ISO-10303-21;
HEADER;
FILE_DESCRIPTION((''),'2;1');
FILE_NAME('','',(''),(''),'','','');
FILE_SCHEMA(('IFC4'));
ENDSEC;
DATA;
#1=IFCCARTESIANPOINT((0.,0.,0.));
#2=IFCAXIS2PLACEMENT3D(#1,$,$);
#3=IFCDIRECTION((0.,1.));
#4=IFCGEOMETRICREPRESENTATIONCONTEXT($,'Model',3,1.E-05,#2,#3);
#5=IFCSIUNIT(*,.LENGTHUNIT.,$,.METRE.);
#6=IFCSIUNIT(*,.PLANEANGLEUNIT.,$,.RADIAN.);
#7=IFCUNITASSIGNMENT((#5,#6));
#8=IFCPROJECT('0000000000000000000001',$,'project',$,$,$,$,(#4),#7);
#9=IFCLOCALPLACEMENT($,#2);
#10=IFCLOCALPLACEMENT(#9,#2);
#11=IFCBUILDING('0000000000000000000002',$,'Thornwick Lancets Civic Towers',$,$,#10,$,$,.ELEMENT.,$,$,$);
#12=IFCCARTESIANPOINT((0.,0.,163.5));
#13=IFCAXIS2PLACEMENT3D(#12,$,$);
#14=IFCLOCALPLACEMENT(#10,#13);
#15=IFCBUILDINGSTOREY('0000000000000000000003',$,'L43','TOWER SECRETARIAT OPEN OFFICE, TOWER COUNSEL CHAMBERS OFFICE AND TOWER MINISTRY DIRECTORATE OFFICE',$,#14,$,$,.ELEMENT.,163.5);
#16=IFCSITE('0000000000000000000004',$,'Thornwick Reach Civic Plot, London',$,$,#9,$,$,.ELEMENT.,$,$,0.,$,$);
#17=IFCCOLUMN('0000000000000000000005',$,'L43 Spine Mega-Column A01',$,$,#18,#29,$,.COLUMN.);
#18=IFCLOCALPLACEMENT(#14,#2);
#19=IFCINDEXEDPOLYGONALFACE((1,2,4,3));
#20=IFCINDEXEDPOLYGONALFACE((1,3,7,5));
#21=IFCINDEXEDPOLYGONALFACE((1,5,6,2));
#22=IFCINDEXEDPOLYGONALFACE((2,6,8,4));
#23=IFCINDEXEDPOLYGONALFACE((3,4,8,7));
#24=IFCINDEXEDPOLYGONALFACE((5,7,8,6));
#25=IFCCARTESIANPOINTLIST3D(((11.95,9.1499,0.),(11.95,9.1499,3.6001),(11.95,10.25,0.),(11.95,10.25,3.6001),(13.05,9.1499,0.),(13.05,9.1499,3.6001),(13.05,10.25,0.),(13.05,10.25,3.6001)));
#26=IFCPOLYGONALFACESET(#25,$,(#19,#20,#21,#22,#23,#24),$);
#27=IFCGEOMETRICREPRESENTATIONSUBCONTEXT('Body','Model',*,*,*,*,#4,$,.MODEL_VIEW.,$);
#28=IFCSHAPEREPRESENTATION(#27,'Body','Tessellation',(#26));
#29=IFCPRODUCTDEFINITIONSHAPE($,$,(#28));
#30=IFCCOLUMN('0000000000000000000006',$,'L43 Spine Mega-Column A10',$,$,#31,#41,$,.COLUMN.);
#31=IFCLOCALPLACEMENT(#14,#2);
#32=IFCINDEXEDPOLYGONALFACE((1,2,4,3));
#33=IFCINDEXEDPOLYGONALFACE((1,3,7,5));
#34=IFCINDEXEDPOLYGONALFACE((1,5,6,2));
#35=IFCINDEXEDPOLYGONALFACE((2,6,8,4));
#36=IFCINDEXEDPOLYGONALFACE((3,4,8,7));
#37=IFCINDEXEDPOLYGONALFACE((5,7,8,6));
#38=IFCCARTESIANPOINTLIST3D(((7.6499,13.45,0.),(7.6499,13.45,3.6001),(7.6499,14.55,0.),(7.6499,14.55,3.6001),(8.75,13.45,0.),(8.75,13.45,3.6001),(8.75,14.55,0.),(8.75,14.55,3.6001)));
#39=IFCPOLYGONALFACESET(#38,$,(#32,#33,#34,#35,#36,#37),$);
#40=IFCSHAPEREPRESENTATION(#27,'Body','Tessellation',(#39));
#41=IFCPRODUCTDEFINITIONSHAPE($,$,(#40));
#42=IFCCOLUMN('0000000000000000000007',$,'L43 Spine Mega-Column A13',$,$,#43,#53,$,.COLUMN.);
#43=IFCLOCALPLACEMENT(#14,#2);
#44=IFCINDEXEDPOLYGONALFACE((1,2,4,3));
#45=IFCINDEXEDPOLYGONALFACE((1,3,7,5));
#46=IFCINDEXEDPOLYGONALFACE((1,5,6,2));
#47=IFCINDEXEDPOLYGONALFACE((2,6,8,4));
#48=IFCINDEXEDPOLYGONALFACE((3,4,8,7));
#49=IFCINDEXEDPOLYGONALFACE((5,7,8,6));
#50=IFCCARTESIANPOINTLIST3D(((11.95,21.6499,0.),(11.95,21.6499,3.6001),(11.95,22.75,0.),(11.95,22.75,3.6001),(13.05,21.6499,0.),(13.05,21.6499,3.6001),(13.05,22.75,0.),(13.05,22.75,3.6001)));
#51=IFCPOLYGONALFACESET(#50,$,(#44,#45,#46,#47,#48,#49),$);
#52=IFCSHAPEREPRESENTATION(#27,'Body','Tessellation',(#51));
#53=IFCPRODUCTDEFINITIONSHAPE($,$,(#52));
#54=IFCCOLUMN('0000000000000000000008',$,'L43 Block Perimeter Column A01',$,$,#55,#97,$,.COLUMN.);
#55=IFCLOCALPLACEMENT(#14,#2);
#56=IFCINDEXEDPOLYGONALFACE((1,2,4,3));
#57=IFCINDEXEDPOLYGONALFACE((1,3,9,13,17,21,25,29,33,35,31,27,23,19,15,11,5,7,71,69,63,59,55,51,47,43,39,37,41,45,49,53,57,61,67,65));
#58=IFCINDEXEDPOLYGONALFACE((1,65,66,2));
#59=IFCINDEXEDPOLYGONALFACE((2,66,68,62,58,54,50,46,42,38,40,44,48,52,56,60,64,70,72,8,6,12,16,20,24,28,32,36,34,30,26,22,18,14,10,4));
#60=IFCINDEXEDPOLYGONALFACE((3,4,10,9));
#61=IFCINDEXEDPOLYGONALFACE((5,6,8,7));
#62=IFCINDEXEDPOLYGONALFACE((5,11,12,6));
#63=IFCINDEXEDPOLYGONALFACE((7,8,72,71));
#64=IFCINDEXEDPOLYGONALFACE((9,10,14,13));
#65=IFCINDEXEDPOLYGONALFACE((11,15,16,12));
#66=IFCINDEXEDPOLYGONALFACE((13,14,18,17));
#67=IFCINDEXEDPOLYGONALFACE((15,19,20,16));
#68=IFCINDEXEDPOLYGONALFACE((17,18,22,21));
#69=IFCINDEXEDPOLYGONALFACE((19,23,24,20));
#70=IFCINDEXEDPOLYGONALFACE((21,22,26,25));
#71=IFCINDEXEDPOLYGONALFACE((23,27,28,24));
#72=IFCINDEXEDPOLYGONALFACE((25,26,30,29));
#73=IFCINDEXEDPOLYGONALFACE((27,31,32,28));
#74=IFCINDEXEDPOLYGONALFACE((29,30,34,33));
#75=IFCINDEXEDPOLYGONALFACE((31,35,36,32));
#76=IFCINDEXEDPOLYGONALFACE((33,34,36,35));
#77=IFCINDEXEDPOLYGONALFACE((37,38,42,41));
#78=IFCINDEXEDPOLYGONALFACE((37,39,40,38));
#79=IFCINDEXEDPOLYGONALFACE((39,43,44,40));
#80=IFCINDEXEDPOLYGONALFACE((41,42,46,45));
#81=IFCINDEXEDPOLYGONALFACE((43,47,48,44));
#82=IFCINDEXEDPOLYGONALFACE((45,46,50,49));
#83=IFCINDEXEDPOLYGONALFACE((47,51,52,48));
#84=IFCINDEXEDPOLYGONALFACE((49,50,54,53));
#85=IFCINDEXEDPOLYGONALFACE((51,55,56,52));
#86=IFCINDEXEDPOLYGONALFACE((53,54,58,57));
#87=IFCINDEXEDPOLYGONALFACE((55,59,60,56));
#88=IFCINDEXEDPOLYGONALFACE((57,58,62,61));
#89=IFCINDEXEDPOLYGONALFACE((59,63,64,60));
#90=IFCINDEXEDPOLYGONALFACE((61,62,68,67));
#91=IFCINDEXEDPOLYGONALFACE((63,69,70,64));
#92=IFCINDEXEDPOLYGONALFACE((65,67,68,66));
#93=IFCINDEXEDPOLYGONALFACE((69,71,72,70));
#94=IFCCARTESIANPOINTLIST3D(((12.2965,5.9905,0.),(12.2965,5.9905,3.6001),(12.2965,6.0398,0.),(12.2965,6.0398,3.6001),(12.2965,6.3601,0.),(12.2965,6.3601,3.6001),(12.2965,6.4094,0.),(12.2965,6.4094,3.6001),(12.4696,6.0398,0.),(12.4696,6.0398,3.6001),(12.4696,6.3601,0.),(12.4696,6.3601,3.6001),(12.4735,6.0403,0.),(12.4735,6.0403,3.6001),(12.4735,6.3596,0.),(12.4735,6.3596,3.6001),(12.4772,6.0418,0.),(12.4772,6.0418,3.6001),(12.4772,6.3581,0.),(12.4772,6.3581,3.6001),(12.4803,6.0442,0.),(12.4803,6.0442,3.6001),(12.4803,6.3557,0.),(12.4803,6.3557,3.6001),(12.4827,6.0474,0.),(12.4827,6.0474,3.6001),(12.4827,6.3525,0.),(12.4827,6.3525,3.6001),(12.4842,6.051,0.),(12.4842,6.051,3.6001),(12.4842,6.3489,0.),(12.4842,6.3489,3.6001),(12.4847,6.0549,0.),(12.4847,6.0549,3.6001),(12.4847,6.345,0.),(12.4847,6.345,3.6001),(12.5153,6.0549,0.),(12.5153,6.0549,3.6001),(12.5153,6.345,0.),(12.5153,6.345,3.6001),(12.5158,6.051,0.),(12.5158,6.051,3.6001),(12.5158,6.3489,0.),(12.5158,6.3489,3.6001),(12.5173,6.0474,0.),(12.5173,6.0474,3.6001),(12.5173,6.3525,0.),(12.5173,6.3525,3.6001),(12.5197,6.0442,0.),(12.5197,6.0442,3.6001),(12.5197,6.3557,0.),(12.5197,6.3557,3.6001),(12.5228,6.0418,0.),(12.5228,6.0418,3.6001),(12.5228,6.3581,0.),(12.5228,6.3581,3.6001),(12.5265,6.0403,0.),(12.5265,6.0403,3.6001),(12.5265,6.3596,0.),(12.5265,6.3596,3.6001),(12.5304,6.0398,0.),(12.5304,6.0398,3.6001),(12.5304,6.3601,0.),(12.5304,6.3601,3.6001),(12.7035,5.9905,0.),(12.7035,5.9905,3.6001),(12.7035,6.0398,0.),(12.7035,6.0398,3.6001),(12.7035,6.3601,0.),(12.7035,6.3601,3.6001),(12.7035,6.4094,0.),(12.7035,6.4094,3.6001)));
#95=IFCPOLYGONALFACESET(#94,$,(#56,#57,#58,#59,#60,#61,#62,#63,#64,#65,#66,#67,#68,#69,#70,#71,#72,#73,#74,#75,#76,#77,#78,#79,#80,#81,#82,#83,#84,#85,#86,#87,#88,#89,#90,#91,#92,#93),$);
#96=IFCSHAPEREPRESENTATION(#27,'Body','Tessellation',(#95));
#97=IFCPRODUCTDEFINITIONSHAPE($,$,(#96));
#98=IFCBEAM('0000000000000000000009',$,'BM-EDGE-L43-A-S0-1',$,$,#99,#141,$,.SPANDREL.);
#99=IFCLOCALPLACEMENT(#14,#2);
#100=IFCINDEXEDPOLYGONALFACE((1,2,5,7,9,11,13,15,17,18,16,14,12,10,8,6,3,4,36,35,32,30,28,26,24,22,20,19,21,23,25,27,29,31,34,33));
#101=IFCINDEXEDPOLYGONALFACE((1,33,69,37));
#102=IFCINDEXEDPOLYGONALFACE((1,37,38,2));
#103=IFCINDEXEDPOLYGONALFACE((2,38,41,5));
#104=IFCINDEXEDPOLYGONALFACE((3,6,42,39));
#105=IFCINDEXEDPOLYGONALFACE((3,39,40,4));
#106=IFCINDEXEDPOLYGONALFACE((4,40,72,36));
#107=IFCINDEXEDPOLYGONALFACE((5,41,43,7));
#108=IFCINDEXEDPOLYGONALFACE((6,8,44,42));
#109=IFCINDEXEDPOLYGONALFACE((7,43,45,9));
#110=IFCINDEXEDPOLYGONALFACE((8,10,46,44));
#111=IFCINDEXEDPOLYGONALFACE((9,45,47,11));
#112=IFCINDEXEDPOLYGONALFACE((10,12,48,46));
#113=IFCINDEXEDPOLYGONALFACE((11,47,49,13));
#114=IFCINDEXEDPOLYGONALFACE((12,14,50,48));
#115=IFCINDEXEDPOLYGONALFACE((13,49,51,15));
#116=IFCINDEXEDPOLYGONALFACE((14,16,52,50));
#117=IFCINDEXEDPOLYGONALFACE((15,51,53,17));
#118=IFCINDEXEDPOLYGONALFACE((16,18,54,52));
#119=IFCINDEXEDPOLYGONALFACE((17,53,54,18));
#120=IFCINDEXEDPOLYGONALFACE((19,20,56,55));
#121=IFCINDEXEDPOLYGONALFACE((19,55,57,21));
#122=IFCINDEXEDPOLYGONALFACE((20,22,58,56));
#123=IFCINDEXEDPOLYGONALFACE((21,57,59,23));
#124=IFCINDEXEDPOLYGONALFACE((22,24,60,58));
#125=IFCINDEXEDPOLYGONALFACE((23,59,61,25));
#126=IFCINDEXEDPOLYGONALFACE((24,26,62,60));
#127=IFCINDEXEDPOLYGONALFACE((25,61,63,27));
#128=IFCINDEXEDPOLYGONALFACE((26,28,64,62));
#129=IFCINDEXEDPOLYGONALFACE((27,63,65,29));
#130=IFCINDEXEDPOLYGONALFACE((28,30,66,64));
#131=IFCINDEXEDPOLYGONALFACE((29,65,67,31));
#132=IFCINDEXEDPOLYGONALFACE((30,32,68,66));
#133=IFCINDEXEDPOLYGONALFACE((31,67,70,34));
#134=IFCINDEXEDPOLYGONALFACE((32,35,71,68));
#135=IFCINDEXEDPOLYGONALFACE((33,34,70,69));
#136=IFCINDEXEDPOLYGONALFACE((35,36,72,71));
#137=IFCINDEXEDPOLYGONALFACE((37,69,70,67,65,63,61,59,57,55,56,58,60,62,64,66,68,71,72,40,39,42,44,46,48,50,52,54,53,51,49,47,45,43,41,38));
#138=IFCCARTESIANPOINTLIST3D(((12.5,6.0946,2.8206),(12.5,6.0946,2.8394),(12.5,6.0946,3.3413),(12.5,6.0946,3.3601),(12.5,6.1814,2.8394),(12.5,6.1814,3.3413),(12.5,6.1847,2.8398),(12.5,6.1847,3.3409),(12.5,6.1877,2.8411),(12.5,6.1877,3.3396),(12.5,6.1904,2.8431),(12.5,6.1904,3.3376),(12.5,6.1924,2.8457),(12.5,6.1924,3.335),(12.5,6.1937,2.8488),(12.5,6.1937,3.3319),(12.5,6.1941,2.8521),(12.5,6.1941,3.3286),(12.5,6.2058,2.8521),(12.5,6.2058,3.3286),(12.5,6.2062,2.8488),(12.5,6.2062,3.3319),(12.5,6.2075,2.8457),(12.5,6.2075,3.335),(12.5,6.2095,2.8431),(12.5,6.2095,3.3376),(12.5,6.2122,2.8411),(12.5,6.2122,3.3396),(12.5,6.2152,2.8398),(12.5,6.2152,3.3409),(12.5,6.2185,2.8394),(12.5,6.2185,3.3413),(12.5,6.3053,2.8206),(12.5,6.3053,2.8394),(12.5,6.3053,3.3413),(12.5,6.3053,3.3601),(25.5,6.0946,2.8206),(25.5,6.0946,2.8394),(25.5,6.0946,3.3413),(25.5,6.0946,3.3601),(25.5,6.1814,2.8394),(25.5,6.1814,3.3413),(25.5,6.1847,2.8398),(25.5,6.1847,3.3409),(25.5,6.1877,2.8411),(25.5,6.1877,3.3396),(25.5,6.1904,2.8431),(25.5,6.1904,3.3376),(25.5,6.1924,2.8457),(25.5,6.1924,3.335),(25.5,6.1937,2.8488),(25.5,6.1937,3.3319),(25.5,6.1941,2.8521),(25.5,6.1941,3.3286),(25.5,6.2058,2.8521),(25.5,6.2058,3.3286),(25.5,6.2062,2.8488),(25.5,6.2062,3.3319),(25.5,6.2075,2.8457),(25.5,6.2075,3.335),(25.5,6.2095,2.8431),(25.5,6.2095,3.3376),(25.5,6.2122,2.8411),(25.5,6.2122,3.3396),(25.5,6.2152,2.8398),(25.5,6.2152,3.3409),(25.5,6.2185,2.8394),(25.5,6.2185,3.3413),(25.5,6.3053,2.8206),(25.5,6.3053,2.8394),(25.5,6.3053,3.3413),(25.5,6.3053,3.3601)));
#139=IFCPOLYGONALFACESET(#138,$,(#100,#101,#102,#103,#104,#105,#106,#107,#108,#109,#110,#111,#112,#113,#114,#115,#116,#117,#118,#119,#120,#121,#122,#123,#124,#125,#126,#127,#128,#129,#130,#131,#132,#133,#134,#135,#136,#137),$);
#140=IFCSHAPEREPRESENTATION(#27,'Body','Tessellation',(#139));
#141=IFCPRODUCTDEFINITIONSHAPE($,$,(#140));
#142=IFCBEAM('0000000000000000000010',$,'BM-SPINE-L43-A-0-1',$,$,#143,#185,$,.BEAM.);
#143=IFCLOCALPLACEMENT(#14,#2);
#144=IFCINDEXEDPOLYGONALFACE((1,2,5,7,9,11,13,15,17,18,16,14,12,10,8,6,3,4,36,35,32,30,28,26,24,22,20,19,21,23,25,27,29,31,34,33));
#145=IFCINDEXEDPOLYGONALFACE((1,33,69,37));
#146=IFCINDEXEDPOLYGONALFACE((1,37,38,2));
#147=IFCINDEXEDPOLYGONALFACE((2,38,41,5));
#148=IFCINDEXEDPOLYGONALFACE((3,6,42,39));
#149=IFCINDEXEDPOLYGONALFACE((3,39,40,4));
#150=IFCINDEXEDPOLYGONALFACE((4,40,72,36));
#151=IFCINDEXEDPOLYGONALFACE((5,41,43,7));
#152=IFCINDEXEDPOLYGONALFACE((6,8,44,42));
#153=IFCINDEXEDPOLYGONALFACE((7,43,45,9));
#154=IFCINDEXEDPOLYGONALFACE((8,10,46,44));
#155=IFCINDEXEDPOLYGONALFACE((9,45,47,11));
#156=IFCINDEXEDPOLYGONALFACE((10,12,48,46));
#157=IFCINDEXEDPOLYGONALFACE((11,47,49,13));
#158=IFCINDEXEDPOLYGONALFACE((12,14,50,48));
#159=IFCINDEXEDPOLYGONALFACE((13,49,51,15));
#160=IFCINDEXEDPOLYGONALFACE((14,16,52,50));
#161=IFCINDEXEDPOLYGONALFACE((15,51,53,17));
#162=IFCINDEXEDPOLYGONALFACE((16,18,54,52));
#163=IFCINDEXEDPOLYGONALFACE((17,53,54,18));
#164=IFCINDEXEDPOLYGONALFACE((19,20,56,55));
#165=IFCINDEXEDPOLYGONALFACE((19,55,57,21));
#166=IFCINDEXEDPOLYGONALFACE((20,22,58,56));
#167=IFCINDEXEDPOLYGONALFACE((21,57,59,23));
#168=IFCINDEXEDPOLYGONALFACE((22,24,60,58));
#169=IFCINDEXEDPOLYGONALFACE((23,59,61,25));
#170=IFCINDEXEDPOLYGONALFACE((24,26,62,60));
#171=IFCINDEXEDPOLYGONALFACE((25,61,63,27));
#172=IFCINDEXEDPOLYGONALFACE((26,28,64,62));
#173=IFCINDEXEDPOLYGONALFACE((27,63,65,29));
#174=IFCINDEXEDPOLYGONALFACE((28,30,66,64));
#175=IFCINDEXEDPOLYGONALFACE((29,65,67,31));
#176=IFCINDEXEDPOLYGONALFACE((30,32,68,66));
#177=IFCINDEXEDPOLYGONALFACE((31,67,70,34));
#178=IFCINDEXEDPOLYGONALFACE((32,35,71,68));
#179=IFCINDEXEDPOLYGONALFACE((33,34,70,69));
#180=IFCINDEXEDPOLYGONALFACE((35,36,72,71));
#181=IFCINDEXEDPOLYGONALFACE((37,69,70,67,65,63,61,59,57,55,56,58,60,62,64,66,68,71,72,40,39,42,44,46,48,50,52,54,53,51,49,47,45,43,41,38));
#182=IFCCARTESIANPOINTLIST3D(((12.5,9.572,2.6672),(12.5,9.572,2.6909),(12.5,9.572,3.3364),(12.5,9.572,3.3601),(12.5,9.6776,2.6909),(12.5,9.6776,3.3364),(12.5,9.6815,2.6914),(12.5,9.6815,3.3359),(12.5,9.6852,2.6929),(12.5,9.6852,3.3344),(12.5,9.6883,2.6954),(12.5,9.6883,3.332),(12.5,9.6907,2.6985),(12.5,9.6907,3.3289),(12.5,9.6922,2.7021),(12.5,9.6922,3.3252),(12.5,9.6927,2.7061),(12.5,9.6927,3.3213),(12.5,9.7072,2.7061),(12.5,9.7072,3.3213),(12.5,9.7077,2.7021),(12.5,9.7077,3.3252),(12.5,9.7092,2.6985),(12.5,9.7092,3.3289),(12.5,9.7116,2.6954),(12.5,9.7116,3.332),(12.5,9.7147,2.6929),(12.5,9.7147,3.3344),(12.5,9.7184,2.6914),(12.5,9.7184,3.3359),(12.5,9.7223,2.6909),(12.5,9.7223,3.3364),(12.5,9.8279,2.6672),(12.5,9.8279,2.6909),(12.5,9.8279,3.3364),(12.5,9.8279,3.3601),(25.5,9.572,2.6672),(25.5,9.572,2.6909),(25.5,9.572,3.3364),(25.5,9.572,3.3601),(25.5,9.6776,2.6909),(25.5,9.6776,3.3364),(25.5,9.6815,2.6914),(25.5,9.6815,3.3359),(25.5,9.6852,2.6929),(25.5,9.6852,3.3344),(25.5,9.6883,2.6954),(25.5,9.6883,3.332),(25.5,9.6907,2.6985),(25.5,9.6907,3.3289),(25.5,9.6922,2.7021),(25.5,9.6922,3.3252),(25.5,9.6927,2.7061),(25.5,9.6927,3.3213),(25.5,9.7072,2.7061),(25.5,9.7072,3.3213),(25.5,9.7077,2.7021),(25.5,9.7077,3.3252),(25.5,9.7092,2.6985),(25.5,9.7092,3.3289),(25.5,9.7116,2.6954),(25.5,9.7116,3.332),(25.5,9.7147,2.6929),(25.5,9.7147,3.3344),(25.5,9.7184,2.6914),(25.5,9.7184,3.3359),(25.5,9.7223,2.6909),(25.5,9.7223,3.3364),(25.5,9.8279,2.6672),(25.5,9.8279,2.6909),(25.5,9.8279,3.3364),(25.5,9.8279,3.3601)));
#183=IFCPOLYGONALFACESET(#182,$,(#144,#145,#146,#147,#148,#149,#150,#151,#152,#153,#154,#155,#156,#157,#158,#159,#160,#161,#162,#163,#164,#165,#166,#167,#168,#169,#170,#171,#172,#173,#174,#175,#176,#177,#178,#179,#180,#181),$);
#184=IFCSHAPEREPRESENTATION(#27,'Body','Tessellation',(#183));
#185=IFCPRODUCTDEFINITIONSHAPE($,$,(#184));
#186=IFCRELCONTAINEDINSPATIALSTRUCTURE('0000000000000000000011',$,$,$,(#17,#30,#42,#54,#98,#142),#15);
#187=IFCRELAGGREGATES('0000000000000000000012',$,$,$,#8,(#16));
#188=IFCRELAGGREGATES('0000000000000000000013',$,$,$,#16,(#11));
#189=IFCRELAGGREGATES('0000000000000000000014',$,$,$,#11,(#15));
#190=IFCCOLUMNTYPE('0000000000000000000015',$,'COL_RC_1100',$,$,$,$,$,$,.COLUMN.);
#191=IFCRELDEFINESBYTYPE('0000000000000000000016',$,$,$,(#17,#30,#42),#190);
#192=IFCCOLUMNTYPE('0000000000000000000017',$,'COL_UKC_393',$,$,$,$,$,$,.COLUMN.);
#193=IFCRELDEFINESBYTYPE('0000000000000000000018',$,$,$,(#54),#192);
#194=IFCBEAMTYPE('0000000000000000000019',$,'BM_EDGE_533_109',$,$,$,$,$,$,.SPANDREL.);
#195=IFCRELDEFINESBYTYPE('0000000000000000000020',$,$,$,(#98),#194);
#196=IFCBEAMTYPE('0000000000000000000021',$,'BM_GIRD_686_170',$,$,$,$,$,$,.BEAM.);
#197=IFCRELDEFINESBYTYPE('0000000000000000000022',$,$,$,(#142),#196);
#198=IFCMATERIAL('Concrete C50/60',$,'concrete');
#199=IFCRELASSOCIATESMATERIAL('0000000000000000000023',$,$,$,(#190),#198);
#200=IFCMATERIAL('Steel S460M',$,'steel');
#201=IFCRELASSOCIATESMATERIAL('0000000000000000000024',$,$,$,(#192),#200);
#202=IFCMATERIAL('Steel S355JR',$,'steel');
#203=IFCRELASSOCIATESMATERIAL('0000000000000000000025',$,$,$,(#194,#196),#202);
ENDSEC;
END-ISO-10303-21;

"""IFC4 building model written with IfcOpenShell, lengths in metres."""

from ifc_helpers import new_model, si_unit, direction, frame, origin, origin_2d, place, context, subcontext, project, spatial, rectangle, i_section, extrude, material, material_profile, profile_set, type_object, element, save


model = new_model("IFC4")

# Units and contexts
model_context = context("Model", 3, precision=1e-05, world=origin(), true_north=direction((0.0, 1.0)))
body_context = subcontext(model_context, "Body", "Model", "MODEL_VIEW")
ifc_project = project(units=[si_unit("LENGTHUNIT", "METRE"), si_unit("PLANEANGLEUNIT", "RADIAN")], contexts=[model_context])

# Site, building, storey
site_placement = place(None, origin())
site = spatial("IfcSite", under=ifc_project, at=site_placement, Name="Thornwick Reach Civic Plot, London", CompositionType="ELEMENT", RefElevation=0.0)
building_placement = place(site_placement, origin())
building = spatial("IfcBuilding", under=site, at=building_placement, Name="Thornwick Lancets Civic Towers", CompositionType="ELEMENT")
storey_placement = place(building_placement, frame((0.0, 0.0, 163.5)))
storey = spatial("IfcBuildingStorey", under=building, at=storey_placement, Name="L43", Description="TOWER SECRETARIAT OPEN OFFICE, TOWER COUNSEL CHAMBERS OFFICE AND TOWER MINISTRY DIRECTORATE OFFICE", CompositionType="ELEMENT", Elevation=163.5)

# Columns
ifc_material_1 = material(Name="Concrete C50/60", Category="concrete")
ifc_material_profile_1 = material_profile(ifc_material_1, rectangle(XDim=1.1001, YDim=1.1001, at=origin_2d()), Name="RC 1100x1100")
ifc_profile_set_1 = profile_set([ifc_material_profile_1], Name="Concrete C50/60")
column_type_1 = type_object("IfcColumnType", Name="COL_RC_1100", PredefinedType="COLUMN", material=ifc_profile_set_1)
for number, where, z_axis, x_axis, name in (
    (1, (12.5, 9.7, 0.0), (0.0, 0.0, 1.0), (1.0, 0.0, 0.0), "L43 Spine Mega-Column A01"),
    (2, (8.2, 14.0, 0.0), (0.0, 0.0, 1.0), (1.0, 0.0, 0.0), "L43 Spine Mega-Column A10"),
    (3, (12.5, 22.2, 0.0), (0.0, 0.0, 1.0), (1.0, 0.0, 0.0), "L43 Spine Mega-Column A13"),
):
    element("IfcColumn", number, at=place(storey_placement, frame(where, z_axis=z_axis, x_axis=x_axis)), inside=storey, type_object=column_type_1, Name=name, PredefinedType="COLUMN", context=body_context, shape_type="SweptSolid", body=[
        extrude(rectangle(XDim=1.1001, YDim=1.1001, at=origin_2d()), origin(), (0.0, 0.0, 1.0), 3.6001),
    ])
ifc_material_2 = material(Name="Steel S460M", Category="steel")
ifc_material_profile_2 = material_profile(ifc_material_2, i_section(OverallWidth=0.407, OverallDepth=0.4189, WebThickness=0.0305, FlangeThickness=0.0493, FilletRadius=0.0151, at=origin_2d()), Name="UKC 356x406x393")
ifc_profile_set_2 = profile_set([ifc_material_profile_2], Name="Steel S460M")
column_type_2 = type_object("IfcColumnType", Name="COL_UKC_393", PredefinedType="COLUMN", material=ifc_profile_set_2)
column_placement = place(storey_placement, frame((12.5, 6.2, 0.0), z_axis=(0.0, 0.0, 1.0), x_axis=(1.0, 0.0, 0.0)))
element("IfcColumn", 4, at=column_placement, inside=storey, type_object=column_type_2, Name="L43 Block Perimeter Column A01", PredefinedType="COLUMN", context=body_context, shape_type="SweptSolid", body=[
    extrude(i_section(OverallWidth=0.407, OverallDepth=0.4189, WebThickness=0.0305, FlangeThickness=0.0493, FilletRadius=0.0151, at=origin_2d()), origin(), (0.0, 0.0, 1.0), 3.6001),
])

# Beams
ifc_material_3 = material(Name="Steel S355JR", Category="steel")
ifc_material_profile_3 = material_profile(ifc_material_3, i_section(OverallWidth=0.2107, OverallDepth=0.5396, WebThickness=0.0117, FlangeThickness=0.0188, FilletRadius=0.0127, at=origin_2d()), Name="UKB 533x210x109")
ifc_profile_set_3 = profile_set([ifc_material_profile_3], Name="Steel S355JR")
beam_type_1 = type_object("IfcBeamType", Name="BM_EDGE_533_109", PredefinedType="SPANDREL", material=ifc_profile_set_3)
beam_1_placement = place(storey_placement, frame((12.5, 6.2, 3.0903), z_axis=(1.0, 0.0, 0.0), x_axis=(0.0, 1.0, 0.0)))
element("IfcBeam", 5, at=beam_1_placement, inside=storey, type_object=beam_type_1, Name="BM-EDGE-L43-A-S0-1", PredefinedType="SPANDREL", context=body_context, shape_type="SweptSolid", body=[
    extrude(i_section(OverallWidth=0.2107, OverallDepth=0.5396, WebThickness=0.0117, FlangeThickness=0.0188, FilletRadius=0.0127, at=origin_2d()), origin(), (0.0, 0.0, 1.0), 13.0),
])
ifc_material_profile_4 = material_profile(ifc_material_3, i_section(OverallWidth=0.2559, OverallDepth=0.6929, WebThickness=0.0144, FlangeThickness=0.0237, FilletRadius=0.0151, at=origin_2d()), Name="UKB 686x254x170")
ifc_profile_set_4 = profile_set([ifc_material_profile_4], Name="Steel S355JR")
beam_type_2 = type_object("IfcBeamType", Name="BM_GIRD_686_170", PredefinedType="BEAM", material=ifc_profile_set_4)
for number, where, z_axis, x_axis, name in (
    (6, (12.5, 9.7, 3.0137), (1.0, 0.0, 0.0), (0.0, 1.0, 0.0), "BM-SPINE-L43-A-0-1"),
):
    element("IfcBeam", number, at=place(storey_placement, frame(where, z_axis=z_axis, x_axis=x_axis)), inside=storey, type_object=beam_type_2, Name=name, PredefinedType="BEAM", context=body_context, shape_type="SweptSolid", body=[
        extrude(i_section(OverallWidth=0.2559, OverallDepth=0.6929, WebThickness=0.0144, FlangeThickness=0.0237, FilletRadius=0.0151, at=origin_2d()), origin(), (0.0, 0.0, 1.0), 13.0),
    ])

save(model, "model.ifc")
